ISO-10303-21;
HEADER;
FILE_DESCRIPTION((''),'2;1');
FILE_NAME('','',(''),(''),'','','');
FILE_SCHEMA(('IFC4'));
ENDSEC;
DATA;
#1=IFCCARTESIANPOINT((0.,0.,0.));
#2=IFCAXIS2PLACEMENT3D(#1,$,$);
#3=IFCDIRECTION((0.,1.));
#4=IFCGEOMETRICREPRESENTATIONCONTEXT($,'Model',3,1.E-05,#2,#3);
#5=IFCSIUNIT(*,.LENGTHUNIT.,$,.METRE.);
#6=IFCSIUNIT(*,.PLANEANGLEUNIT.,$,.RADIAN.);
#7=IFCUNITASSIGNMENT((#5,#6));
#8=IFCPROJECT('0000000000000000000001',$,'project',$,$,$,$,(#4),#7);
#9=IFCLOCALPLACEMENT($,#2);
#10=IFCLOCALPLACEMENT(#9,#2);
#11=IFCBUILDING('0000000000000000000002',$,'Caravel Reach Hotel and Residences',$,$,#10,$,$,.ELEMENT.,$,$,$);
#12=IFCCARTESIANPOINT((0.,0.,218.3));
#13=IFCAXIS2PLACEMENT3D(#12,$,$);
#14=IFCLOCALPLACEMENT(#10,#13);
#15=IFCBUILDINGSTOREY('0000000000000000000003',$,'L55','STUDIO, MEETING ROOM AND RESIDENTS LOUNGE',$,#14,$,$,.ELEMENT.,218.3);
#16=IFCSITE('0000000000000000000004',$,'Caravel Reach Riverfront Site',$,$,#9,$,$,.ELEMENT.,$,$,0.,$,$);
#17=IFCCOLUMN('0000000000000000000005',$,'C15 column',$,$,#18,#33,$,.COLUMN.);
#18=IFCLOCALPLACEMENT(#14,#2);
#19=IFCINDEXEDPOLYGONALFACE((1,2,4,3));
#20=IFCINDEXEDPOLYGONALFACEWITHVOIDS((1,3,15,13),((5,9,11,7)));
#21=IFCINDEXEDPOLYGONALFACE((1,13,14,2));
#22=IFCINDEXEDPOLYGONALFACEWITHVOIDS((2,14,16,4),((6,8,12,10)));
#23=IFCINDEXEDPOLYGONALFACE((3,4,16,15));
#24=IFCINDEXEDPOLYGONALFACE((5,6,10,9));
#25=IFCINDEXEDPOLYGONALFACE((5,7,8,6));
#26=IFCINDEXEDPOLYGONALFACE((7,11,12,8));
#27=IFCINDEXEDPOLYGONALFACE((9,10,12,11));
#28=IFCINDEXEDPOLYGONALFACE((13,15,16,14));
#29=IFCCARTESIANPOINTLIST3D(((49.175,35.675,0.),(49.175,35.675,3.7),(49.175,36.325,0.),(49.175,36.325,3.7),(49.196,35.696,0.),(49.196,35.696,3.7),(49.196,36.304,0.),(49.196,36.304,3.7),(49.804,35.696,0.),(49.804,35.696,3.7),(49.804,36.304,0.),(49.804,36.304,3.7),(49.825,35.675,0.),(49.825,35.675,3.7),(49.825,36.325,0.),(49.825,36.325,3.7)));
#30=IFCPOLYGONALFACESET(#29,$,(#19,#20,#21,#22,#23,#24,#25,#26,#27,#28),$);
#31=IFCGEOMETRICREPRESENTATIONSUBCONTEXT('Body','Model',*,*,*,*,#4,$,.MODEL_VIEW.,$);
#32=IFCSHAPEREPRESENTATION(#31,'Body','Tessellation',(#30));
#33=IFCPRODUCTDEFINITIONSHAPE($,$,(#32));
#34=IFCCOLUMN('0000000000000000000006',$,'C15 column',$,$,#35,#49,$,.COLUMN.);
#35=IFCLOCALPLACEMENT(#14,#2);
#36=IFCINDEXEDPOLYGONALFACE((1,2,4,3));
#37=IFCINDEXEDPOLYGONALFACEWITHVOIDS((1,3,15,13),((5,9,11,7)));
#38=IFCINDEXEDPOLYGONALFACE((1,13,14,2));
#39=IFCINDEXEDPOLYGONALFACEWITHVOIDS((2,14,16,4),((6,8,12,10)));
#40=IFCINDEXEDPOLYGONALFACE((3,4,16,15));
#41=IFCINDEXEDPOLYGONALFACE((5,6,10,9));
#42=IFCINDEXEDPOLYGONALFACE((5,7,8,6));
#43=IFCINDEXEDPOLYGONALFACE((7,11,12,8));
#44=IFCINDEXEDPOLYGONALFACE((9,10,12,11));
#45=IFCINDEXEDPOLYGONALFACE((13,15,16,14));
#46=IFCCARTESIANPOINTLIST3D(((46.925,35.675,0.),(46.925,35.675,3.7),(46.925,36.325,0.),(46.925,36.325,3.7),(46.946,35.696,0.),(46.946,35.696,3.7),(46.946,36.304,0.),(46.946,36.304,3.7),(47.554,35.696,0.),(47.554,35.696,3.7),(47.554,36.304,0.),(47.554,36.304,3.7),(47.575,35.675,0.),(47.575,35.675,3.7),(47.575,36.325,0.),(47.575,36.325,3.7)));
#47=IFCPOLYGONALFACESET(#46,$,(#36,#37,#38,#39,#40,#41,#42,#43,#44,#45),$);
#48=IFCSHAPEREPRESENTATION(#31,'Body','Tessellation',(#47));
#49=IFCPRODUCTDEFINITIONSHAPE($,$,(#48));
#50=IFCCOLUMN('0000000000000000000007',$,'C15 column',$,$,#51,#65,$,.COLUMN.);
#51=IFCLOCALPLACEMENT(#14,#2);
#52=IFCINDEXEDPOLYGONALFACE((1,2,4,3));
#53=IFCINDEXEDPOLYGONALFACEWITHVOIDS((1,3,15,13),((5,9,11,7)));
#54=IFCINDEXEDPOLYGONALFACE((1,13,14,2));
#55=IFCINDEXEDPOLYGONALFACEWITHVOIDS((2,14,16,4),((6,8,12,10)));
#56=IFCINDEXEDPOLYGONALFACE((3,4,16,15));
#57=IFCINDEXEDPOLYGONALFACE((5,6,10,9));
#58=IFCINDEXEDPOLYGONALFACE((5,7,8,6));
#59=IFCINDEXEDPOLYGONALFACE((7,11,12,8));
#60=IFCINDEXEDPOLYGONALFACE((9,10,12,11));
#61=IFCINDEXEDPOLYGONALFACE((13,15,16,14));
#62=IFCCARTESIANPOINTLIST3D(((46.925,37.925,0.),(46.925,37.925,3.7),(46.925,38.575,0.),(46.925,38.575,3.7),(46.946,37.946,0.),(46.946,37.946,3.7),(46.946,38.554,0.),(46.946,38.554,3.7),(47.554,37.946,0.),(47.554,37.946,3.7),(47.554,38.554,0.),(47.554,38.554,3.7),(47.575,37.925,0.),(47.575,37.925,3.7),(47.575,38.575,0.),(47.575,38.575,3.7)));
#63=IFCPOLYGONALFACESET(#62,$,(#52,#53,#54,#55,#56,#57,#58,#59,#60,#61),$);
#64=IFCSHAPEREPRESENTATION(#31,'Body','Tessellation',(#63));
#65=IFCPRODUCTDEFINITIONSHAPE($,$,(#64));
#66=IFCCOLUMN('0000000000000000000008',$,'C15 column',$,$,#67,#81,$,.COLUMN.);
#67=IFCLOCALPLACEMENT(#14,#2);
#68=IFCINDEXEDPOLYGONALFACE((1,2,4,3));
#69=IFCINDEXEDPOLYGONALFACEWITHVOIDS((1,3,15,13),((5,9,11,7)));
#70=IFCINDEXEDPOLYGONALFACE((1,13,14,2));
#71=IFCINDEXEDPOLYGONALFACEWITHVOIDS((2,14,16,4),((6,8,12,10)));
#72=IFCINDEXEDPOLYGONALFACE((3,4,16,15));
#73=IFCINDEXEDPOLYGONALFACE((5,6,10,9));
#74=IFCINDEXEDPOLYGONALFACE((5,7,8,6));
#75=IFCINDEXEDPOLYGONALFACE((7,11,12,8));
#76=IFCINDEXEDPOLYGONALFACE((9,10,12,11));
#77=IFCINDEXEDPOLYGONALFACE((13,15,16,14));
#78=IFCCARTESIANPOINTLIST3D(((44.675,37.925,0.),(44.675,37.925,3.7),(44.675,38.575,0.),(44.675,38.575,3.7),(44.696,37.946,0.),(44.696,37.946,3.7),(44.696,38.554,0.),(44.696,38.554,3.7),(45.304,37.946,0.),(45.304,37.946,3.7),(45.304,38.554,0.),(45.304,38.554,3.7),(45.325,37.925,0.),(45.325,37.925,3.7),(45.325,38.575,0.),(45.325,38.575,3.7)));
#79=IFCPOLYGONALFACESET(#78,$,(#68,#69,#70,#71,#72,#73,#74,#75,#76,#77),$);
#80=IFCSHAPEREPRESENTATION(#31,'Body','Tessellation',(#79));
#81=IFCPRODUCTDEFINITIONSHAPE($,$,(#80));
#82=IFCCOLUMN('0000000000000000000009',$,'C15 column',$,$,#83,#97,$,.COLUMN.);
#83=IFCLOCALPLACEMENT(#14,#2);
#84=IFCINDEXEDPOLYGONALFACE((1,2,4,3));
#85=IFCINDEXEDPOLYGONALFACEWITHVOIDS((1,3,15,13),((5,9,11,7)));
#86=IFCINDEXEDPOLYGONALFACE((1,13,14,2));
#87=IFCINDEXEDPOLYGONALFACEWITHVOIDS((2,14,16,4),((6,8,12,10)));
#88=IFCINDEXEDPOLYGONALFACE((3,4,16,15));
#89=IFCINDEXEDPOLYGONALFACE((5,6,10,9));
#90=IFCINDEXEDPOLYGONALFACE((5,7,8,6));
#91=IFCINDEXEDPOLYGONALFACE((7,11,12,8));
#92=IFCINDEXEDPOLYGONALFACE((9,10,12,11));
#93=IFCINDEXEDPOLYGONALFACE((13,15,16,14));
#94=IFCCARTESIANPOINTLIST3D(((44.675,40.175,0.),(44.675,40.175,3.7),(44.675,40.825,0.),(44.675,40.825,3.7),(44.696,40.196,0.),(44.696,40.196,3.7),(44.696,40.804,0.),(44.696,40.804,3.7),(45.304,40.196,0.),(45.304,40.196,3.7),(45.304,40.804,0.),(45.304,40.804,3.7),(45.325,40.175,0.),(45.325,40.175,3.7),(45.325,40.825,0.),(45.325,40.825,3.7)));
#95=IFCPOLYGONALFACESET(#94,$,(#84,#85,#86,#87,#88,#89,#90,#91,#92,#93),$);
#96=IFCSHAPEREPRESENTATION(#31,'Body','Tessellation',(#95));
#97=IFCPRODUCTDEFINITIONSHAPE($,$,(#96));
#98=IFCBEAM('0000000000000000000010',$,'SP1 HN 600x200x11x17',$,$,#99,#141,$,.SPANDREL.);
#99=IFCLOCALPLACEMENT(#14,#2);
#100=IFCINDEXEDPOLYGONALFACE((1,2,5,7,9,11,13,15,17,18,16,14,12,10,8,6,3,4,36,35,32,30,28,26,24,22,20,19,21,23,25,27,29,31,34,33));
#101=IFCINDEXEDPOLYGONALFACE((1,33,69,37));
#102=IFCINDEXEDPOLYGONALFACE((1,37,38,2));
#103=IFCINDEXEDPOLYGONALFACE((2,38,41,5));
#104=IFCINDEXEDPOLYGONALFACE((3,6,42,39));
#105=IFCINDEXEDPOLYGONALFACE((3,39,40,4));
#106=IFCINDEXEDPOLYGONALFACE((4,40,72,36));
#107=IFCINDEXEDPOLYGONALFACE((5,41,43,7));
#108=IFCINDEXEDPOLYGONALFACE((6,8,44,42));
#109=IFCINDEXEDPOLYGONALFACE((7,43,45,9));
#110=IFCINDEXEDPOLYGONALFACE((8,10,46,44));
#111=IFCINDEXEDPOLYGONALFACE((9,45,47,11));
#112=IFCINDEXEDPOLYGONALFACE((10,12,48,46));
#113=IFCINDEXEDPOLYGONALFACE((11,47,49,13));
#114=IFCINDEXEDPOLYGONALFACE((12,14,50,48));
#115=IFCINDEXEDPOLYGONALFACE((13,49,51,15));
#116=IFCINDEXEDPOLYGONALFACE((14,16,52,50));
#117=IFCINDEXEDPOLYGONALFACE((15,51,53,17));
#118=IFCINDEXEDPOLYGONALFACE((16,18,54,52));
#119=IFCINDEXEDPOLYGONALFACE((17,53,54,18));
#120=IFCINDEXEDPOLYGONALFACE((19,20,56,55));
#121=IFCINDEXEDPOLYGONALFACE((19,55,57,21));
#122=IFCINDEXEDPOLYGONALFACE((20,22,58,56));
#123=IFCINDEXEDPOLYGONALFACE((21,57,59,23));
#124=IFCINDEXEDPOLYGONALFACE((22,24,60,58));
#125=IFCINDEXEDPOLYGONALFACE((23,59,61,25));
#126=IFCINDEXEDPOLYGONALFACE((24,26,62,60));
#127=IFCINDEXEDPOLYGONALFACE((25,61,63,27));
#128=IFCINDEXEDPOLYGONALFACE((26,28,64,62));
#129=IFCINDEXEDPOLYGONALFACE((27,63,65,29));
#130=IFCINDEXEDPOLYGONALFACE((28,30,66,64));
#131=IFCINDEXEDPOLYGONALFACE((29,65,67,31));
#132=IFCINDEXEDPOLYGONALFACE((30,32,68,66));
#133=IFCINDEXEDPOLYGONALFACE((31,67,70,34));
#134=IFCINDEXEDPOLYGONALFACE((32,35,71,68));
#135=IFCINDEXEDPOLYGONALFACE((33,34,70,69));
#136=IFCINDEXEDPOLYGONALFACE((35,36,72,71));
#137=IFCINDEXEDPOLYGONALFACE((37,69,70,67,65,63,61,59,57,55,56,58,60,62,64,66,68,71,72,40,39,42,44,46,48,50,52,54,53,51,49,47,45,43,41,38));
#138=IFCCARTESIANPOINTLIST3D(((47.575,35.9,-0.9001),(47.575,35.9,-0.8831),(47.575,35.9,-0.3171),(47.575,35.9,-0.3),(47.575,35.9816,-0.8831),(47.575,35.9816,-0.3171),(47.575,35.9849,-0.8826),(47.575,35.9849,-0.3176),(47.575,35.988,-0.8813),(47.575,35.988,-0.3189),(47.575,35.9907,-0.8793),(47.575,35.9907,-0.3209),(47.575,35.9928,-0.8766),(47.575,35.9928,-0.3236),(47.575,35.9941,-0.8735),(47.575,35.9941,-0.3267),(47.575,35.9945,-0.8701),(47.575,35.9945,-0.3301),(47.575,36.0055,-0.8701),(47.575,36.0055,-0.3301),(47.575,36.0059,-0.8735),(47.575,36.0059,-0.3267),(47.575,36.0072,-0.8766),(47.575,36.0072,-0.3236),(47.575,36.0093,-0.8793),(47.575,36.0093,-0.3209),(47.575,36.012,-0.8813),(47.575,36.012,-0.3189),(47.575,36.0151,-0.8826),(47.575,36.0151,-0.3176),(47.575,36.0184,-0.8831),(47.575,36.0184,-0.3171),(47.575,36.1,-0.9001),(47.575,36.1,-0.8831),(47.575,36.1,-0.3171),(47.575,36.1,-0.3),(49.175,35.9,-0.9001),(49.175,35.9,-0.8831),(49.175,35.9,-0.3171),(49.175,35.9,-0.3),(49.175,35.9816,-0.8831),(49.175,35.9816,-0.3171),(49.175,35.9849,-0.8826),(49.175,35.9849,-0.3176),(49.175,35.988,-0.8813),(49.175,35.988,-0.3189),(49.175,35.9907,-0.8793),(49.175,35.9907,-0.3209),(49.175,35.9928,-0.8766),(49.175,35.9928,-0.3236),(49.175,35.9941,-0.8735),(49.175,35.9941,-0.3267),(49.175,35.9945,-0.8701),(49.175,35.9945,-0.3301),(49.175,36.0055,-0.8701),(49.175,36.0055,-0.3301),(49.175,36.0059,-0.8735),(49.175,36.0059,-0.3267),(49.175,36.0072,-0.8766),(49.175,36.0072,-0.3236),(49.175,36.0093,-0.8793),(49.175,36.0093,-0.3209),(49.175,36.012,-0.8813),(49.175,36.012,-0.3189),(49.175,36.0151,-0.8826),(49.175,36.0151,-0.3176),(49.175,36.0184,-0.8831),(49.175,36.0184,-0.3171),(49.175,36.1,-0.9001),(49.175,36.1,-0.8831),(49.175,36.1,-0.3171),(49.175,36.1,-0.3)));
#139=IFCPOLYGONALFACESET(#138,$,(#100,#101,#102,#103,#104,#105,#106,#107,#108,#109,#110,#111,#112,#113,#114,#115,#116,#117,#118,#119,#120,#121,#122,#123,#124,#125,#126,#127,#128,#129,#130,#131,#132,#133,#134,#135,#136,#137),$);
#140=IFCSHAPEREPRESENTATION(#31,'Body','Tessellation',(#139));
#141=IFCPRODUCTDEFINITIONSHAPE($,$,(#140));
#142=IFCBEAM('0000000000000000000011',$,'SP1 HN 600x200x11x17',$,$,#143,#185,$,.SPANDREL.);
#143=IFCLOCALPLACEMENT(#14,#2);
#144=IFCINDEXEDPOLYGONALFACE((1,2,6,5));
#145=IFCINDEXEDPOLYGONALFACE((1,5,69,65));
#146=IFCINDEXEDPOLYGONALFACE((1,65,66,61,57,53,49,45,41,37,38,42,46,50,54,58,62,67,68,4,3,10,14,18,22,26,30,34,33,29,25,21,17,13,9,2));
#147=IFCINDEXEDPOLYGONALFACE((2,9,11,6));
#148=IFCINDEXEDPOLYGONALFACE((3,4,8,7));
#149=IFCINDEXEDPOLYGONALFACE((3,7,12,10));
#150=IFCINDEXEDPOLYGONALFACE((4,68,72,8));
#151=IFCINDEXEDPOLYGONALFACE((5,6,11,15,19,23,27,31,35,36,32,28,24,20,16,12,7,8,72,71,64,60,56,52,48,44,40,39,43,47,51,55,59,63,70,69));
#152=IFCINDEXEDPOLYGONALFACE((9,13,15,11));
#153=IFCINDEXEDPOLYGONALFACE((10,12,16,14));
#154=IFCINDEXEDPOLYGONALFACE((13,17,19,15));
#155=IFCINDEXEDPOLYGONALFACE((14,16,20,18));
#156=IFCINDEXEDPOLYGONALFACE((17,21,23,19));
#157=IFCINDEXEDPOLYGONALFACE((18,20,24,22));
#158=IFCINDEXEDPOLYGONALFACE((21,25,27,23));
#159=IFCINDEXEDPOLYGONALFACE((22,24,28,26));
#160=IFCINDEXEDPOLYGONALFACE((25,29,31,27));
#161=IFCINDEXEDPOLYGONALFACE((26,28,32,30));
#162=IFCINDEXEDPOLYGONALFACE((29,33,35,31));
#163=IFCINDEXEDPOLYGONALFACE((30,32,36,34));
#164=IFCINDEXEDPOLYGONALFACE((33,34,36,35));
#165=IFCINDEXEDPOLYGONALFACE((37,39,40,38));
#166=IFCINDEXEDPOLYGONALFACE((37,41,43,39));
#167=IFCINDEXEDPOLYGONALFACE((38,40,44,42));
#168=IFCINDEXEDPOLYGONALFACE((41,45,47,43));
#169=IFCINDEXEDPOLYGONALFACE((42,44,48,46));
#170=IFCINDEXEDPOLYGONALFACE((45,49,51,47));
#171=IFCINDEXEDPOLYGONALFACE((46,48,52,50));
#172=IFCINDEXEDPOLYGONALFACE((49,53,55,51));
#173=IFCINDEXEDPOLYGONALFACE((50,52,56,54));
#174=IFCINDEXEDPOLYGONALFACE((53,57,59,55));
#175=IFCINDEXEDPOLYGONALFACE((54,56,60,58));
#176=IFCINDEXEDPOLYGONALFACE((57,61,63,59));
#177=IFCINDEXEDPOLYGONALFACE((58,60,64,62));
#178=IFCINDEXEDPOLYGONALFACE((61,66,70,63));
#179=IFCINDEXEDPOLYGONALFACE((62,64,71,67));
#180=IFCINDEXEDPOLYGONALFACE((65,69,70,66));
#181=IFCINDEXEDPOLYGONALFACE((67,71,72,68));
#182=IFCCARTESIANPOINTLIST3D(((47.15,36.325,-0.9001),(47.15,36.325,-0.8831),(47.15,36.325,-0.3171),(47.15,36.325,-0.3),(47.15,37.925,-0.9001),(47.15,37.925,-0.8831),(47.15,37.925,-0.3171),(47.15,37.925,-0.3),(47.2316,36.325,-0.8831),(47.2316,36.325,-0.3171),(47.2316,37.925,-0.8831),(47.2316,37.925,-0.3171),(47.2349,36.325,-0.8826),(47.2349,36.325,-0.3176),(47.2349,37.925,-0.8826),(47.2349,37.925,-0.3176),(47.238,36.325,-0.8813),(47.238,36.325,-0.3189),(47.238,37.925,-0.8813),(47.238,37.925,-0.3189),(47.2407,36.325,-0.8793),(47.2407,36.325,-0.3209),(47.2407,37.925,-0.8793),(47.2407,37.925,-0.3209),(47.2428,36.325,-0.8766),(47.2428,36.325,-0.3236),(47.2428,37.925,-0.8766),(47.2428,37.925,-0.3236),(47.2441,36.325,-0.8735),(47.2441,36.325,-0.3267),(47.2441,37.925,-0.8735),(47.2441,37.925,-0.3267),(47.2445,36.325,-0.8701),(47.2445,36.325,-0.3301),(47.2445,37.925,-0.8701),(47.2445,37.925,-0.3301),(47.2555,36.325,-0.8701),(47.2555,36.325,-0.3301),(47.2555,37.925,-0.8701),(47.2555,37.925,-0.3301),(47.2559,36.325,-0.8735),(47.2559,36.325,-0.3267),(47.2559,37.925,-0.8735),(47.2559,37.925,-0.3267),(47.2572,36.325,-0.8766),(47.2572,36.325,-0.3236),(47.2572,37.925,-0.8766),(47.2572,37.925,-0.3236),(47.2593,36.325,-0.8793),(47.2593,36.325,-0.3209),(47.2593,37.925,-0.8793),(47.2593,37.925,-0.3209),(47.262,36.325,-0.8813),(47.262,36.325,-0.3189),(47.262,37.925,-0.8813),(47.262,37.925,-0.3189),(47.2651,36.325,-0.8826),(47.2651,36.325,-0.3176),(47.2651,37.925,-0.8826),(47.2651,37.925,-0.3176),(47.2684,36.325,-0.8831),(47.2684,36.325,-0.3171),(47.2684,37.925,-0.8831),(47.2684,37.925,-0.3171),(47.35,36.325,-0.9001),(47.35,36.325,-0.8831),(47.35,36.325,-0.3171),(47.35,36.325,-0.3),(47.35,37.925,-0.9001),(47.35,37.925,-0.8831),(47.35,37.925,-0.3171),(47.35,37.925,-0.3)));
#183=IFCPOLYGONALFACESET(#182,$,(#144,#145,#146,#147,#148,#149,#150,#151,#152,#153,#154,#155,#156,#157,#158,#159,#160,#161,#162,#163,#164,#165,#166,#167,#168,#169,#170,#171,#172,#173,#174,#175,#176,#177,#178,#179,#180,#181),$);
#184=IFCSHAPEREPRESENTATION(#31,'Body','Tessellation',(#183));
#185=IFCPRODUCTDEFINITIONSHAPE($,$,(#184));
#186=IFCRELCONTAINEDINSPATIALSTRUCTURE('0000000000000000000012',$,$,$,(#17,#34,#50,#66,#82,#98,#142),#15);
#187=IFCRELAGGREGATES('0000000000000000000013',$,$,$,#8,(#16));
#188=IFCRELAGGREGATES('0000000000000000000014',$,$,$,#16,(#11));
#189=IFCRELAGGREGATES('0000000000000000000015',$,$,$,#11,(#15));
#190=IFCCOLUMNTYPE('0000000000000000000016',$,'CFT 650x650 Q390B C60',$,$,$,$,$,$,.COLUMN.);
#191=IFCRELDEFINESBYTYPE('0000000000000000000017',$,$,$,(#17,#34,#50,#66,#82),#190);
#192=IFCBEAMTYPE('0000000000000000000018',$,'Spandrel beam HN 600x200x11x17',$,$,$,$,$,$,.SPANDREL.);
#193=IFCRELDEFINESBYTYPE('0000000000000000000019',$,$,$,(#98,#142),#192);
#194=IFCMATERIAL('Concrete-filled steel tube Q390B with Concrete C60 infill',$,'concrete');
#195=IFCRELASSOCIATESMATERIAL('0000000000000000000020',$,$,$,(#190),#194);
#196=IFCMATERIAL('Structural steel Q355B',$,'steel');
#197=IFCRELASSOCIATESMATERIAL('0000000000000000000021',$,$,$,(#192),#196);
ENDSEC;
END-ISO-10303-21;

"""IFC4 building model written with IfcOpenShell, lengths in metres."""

from ifc_helpers import new_model, si_unit, direction, frame, origin, origin_2d, place, context, subcontext, project, spatial, hollow_rectangle, i_section, extrude, material, material_profile, profile_set, type_object, element, save


model = new_model("IFC4")

# Units and contexts
model_context = context("Model", 3, precision=1e-05, world=origin(), true_north=direction((0.0, 1.0)))
body_context = subcontext(model_context, "Body", "Model", "MODEL_VIEW")
ifc_project = project(units=[si_unit("LENGTHUNIT", "METRE"), si_unit("PLANEANGLEUNIT", "RADIAN")], contexts=[model_context])

# Site, building, storey
site_placement = place(None, origin())
site = spatial("IfcSite", under=ifc_project, at=site_placement, Name="Caravel Reach Riverfront Site", CompositionType="ELEMENT", RefElevation=0.0)
building_placement = place(site_placement, origin())
building = spatial("IfcBuilding", under=site, at=building_placement, Name="Caravel Reach Hotel and Residences", CompositionType="ELEMENT")
storey_placement = place(building_placement, frame((0.0, 0.0, 218.3)))
storey = spatial("IfcBuildingStorey", under=building, at=storey_placement, Name="L55", Description="STUDIO, MEETING ROOM AND RESIDENTS LOUNGE", CompositionType="ELEMENT", Elevation=218.3)

# Columns
ifc_material_1 = material(Name="Concrete-filled steel tube Q390B with Concrete C60 infill", Category="concrete")
ifc_material_profile_1 = material_profile(ifc_material_1, hollow_rectangle(XDim=0.6499, YDim=0.6499, WallThickness=0.021, at=origin_2d()), Name="RHS 650x650x21")
ifc_profile_set_1 = profile_set([ifc_material_profile_1], Name="Concrete-filled steel tube Q390B with Concrete C60 infill")
column_type = type_object("IfcColumnType", Name="CFT 650x650 Q390B C60", PredefinedType="COLUMN", material=ifc_profile_set_1)
for number, where, z_axis, x_axis, name in (
    (1, (49.5, 36.0, 0.0), (0.0, 0.0, 1.0), (1.0, 0.0, 0.0), "C15 column"),
    (2, (47.25, 36.0, 0.0), (0.0, 0.0, 1.0), (1.0, 0.0, 0.0), "C15 column"),
    (3, (47.25, 38.25, 0.0), (0.0, 0.0, 1.0), (1.0, 0.0, 0.0), "C15 column"),
    (4, (45.0, 38.25, 0.0), (0.0, 0.0, 1.0), (1.0, 0.0, 0.0), "C15 column"),
    (5, (45.0, 40.5, 0.0), (0.0, 0.0, 1.0), (1.0, 0.0, 0.0), "C15 column"),
):
    element("IfcColumn", number, at=place(storey_placement, frame(where, z_axis=z_axis, x_axis=x_axis)), inside=storey, type_object=column_type, Name=name, PredefinedType="COLUMN", context=body_context, shape_type="SweptSolid", body=[
        extrude(hollow_rectangle(XDim=0.6499, YDim=0.6499, WallThickness=0.021, at=origin_2d()), origin(), (0.0, 0.0, 1.0), 3.7),
    ])

# Beams
ifc_material_2 = material(Name="Structural steel Q355B", Category="steel")
ifc_material_profile_2 = material_profile(ifc_material_2, i_section(OverallWidth=0.2, OverallDepth=0.6001, WebThickness=0.011, FlangeThickness=0.0171, FilletRadius=0.0129, at=origin_2d()), Name="HN 600x200x11x17")
ifc_profile_set_2 = profile_set([ifc_material_profile_2], Name="Structural steel Q355B")
beam_type = type_object("IfcBeamType", Name="Spandrel beam HN 600x200x11x17", PredefinedType="SPANDREL", material=ifc_profile_set_2)
for number, where, z_axis, x_axis, name in (
    (6, (49.175, 36.0, -0.6001), (-1.0, 0.0, 0.0), (0.0, -1.0, 0.0), "SP1 HN 600x200x11x17"),
    (7, (47.25, 36.325, -0.6001), (0.0, 1.0, 0.0), (-1.0, 0.0, 0.0), "SP1 HN 600x200x11x17"),
):
    element("IfcBeam", number, at=place(storey_placement, frame(where, z_axis=z_axis, x_axis=x_axis)), inside=storey, type_object=beam_type, Name=name, PredefinedType="SPANDREL", context=body_context, shape_type="SweptSolid", body=[
        extrude(i_section(OverallWidth=0.2, OverallDepth=0.6001, WebThickness=0.011, FlangeThickness=0.0171, FilletRadius=0.0129, at=origin_2d()), origin(), (0.0, 0.0, 1.0), 1.6001),
    ])

save(model, "model.ifc")
